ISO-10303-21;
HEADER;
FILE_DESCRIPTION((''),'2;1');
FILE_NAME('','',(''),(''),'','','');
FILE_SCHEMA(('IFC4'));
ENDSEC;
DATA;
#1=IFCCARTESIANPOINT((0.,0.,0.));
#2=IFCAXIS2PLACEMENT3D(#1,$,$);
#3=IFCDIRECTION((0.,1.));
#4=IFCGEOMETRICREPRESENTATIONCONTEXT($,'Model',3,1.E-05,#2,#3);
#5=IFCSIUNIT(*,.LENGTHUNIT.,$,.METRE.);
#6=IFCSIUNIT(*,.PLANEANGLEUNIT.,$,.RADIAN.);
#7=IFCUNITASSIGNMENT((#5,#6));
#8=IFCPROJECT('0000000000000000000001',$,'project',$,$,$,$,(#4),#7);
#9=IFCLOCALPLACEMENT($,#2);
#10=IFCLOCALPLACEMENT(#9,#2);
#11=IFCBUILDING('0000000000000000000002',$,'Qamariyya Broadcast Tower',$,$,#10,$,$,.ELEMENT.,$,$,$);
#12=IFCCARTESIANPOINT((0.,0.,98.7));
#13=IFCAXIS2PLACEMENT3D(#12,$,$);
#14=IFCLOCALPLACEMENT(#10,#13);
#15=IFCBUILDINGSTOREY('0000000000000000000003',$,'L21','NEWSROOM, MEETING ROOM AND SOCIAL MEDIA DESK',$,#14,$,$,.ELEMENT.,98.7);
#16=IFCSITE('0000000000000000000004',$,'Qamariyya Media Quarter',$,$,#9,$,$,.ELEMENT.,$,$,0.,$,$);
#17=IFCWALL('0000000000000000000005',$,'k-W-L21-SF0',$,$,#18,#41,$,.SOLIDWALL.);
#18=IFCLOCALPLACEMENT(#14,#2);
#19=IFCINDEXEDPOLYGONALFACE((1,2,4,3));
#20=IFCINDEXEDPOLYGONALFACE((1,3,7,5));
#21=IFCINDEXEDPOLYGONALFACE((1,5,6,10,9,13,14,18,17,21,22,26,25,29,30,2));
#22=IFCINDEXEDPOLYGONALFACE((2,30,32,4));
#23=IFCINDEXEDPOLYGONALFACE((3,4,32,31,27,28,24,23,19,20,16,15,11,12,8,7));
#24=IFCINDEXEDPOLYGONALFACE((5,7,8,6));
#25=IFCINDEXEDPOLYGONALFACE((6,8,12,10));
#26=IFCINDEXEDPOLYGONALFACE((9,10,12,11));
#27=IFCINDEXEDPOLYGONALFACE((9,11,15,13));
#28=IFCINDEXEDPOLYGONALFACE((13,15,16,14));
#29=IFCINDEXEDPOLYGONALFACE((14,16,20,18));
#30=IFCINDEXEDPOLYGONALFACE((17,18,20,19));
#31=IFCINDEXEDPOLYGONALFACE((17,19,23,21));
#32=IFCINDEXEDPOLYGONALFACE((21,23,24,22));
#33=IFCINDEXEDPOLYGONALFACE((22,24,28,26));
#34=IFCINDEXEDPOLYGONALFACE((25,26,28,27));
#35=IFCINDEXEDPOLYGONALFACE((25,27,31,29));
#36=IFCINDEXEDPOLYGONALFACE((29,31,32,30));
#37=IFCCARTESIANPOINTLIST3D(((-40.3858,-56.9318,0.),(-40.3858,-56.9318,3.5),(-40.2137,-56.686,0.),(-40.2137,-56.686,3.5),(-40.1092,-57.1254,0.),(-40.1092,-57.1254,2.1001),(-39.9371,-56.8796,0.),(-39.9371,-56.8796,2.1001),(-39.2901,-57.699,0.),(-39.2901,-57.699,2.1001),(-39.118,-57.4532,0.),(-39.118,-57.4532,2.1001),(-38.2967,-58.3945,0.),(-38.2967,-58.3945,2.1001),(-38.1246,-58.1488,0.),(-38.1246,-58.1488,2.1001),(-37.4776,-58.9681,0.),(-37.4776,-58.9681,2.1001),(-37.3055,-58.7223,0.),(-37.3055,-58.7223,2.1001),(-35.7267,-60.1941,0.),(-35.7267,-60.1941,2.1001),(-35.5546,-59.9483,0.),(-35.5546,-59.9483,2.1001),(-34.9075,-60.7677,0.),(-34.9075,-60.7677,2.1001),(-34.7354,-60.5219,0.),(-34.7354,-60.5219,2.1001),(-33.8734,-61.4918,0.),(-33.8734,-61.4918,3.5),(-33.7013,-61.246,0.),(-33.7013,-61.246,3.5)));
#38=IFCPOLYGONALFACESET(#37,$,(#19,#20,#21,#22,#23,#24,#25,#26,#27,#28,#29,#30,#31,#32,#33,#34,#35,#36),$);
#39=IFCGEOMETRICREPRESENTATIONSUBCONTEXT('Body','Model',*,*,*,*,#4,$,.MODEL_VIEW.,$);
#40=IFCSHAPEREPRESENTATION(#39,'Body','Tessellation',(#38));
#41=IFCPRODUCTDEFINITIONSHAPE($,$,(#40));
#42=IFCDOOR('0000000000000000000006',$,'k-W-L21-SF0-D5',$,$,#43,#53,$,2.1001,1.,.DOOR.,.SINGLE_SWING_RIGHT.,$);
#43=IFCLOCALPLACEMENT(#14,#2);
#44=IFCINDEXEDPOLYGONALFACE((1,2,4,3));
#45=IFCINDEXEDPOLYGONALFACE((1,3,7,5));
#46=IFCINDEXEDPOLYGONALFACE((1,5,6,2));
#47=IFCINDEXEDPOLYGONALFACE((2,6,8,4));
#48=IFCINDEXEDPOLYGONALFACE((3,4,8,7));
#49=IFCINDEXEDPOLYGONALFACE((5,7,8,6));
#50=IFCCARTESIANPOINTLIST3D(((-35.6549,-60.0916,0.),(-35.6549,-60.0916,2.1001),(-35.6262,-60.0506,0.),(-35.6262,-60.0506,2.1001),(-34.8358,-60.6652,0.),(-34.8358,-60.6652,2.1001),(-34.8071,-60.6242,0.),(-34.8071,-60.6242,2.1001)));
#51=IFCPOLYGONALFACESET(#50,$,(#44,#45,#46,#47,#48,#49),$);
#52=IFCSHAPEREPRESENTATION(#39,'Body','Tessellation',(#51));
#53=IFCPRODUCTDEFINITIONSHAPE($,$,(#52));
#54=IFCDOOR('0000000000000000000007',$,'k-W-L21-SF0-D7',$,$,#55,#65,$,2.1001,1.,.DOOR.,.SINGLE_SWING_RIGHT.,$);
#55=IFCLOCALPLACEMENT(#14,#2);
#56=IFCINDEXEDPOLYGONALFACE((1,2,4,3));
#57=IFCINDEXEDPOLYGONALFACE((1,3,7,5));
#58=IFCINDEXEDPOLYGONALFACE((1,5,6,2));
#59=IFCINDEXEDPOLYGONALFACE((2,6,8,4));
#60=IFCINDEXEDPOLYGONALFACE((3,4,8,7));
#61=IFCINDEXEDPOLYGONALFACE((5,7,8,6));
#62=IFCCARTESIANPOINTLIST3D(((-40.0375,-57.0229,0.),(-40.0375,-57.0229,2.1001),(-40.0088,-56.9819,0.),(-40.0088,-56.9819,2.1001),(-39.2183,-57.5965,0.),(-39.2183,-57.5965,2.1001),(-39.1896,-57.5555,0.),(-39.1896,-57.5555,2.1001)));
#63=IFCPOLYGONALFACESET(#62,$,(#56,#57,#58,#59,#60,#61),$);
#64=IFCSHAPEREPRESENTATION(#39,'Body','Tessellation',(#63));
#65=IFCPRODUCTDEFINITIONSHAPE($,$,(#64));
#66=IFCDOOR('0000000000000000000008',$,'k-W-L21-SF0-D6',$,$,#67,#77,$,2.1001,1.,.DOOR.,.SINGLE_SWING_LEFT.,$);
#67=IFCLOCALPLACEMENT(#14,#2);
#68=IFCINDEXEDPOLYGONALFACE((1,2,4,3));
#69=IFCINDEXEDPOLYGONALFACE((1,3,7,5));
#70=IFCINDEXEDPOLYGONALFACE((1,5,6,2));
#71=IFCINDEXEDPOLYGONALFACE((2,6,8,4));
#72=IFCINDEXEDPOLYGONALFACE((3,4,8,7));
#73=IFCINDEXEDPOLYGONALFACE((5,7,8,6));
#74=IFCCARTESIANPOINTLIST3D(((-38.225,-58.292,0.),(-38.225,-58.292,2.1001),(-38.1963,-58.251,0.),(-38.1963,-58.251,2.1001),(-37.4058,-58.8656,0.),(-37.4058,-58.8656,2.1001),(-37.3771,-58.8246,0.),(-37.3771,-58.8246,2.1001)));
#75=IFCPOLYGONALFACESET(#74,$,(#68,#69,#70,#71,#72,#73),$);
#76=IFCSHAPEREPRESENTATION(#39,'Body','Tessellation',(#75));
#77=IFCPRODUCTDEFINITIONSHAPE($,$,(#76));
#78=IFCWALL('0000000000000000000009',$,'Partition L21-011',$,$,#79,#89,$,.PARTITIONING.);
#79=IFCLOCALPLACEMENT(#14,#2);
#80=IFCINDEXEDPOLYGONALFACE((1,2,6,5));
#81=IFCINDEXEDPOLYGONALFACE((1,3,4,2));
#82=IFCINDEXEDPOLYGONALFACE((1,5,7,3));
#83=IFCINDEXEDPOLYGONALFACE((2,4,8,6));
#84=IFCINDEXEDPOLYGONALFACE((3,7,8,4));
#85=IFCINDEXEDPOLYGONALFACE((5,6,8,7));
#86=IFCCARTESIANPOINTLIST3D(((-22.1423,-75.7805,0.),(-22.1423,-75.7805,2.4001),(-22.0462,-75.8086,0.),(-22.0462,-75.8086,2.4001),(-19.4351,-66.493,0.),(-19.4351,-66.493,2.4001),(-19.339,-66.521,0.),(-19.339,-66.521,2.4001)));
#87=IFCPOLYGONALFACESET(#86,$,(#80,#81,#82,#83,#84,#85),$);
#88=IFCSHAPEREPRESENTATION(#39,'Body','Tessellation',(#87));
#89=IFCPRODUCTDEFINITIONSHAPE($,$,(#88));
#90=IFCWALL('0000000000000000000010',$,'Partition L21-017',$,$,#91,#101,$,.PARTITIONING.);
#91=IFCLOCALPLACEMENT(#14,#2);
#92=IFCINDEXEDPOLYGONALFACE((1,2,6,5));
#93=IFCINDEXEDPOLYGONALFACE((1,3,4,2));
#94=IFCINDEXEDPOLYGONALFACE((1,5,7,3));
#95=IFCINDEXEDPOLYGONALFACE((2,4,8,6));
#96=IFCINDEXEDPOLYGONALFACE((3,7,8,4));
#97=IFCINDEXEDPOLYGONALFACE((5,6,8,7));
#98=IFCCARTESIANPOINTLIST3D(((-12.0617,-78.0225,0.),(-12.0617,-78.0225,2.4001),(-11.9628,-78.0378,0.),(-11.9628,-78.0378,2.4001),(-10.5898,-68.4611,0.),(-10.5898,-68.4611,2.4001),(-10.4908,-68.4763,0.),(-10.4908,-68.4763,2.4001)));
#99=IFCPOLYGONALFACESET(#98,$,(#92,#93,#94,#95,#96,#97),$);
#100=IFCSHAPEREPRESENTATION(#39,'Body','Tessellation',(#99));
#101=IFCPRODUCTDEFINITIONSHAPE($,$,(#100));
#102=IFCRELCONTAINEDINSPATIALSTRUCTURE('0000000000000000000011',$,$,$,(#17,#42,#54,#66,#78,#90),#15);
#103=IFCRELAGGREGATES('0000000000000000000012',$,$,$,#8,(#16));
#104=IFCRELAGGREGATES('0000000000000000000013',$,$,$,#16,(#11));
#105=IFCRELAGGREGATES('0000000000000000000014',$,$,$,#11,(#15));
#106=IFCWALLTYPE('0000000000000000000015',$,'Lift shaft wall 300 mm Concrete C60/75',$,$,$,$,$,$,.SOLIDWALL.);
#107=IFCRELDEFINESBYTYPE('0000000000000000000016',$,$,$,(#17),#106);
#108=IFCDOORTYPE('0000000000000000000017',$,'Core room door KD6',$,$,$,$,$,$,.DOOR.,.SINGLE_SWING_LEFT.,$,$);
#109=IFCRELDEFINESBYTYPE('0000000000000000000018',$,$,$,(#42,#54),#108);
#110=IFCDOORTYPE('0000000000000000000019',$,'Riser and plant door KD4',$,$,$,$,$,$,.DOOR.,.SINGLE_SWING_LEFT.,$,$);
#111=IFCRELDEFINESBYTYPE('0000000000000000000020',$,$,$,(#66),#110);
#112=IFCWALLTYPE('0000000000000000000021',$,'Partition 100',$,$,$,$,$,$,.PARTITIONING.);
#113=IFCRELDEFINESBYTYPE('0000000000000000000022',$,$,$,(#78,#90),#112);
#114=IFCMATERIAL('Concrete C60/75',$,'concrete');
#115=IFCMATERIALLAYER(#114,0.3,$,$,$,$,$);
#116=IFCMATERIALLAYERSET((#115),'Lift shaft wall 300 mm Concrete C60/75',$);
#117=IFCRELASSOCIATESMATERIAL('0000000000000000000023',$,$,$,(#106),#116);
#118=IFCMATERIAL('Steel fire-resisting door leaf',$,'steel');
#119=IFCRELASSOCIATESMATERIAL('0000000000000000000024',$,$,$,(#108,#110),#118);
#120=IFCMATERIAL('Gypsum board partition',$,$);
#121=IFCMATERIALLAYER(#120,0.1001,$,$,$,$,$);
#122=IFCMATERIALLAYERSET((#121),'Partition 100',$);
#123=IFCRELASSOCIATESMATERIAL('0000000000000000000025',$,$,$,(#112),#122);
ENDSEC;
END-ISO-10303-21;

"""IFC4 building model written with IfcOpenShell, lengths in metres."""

from ifc_helpers import new_model, si_unit, direction, frame, frame_2d, origin, place, context, subcontext, project, spatial, rectangle, extrude, material, layer, layer_set, type_object, element, fill, save


model = new_model("IFC4")

# Units and contexts
model_context = context("Model", 3, precision=1e-05, world=origin(), true_north=direction((0.0, 1.0)))
body_context = subcontext(model_context, "Body", "Model", "MODEL_VIEW")
ifc_project = project(units=[si_unit("LENGTHUNIT", "METRE"), si_unit("PLANEANGLEUNIT", "RADIAN")], contexts=[model_context])

# Site, building, storey
site_placement = place(None, origin())
site = spatial("IfcSite", under=ifc_project, at=site_placement, Name="Qamariyya Media Quarter", CompositionType="ELEMENT", RefElevation=0.0)
building_placement = place(site_placement, origin())
building = spatial("IfcBuilding", under=site, at=building_placement, Name="Qamariyya Broadcast Tower", CompositionType="ELEMENT")
storey_placement = place(building_placement, frame((0.0, 0.0, 98.7)))
storey = spatial("IfcBuildingStorey", under=building, at=storey_placement, Name="L21", Description="NEWSROOM, MEETING ROOM AND SOCIAL MEDIA DESK", CompositionType="ELEMENT", Elevation=98.7)

# Shared definitions
ifc_material_1 = material(Name="Gypsum board partition")

# Shared definitions
ifc_material_2 = material(Name="Concrete C60/75", Category="concrete")
ifc_layer_1 = layer(ifc_material_2, 0.3)
ifc_layer_set_1 = layer_set([ifc_layer_1], Name="Lift shaft wall 300 mm Concrete C60/75")
wall_type_1 = type_object("IfcWallType", Name="Lift shaft wall 300 mm Concrete C60/75", PredefinedType="SOLIDWALL", material=ifc_layer_set_1)
ifc_material_3 = material(Name="Steel fire-resisting door leaf", Category="steel")

# Wall, openings, doors
wall_1_placement = place(storey_placement, frame((-33.7874, -61.3689, 0.0), z_axis=(0.0, 0.0, 1.0), x_axis=(-0.819153, 0.573576, 0.0)))
wall_1 = element("IfcWall", 1, at=wall_1_placement, inside=storey, type_object=wall_type_1, Name="k-W-L21-SF0", PredefinedType="SOLIDWALL", context=body_context, shape_type="SweptSolid", body=[
    extrude(rectangle(XDim=7.9502, YDim=0.3, at=frame_2d((3.9751, 0.0))), origin(), (0.0, 0.0, 1.0), 3.5),
])
opening_1_placement = place(wall_1_placement, frame((1.2625, 0.0, 0.0)))
opening_1 = element("IfcOpeningElement", 2, at=opening_1_placement, cuts=wall_1, PredefinedType="OPENING", context=body_context, shape_type="SweptSolid", body=[
    extrude(rectangle(XDim=1.0, YDim=2.1001, at=frame_2d((0.5, 1.05))), frame((0.0, 0.1599, 0.0), z_axis=(0.0, -1.0, 0.0), x_axis=(1.0, 0.0, 0.0)), (0.0, 0.0, 1.0), 0.3201),
])
opening_2_placement = place(wall_1_placement, frame((4.3999, 0.0, 0.0)))
opening_2 = element("IfcOpeningElement", 3, at=opening_2_placement, cuts=wall_1, PredefinedType="OPENING", context=body_context, shape_type="SweptSolid", body=[
    extrude(rectangle(XDim=1.0, YDim=2.1001, at=frame_2d((0.5, 1.05))), frame((0.0, 0.1599, 0.0), z_axis=(0.0, -1.0, 0.0), x_axis=(1.0, 0.0, 0.0)), (0.0, 0.0, 1.0), 0.3201),
])
opening_3_placement = place(wall_1_placement, frame((6.6125, 0.0, 0.0)))
opening_3 = element("IfcOpeningElement", 4, at=opening_3_placement, cuts=wall_1, PredefinedType="OPENING", context=body_context, shape_type="SweptSolid", body=[
    extrude(rectangle(XDim=1.0, YDim=2.1001, at=frame_2d((0.5, 1.05))), frame((0.0, 0.1599, 0.0), z_axis=(0.0, -1.0, 0.0), x_axis=(1.0, 0.0, 0.0)), (0.0, 0.0, 1.0), 0.3201),
])
door_type_1 = type_object("IfcDoorType", Name="Core room door KD6", OperationType="SINGLE_SWING_LEFT", PredefinedType="DOOR", material=ifc_material_3)
door_1_placement = place(opening_1_placement, origin())
door_1 = element("IfcDoor", 5, at=door_1_placement, inside=storey, type_object=door_type_1, Name="k-W-L21-SF0-D5", OperationType="SINGLE_SWING_RIGHT", OverallHeight=2.1001, OverallWidth=1.0, PredefinedType="DOOR", context=body_context, shape_type="SweptSolid", body=[
    extrude(rectangle(XDim=1.0, YDim=2.1001, at=frame_2d((0.5, 1.05))), frame((0.0, 0.0249, 0.0), z_axis=(0.0, -1.0, 0.0), x_axis=(1.0, 0.0, 0.0)), (0.0, 0.0, 1.0), 0.05),
])
fill(opening_1, door_1)
door_2_placement = place(opening_3_placement, origin())
door_2 = element("IfcDoor", 6, at=door_2_placement, inside=storey, type_object=door_type_1, Name="k-W-L21-SF0-D7", OperationType="SINGLE_SWING_RIGHT", OverallHeight=2.1001, OverallWidth=1.0, PredefinedType="DOOR", context=body_context, shape_type="SweptSolid", body=[
    extrude(rectangle(XDim=1.0, YDim=2.1001, at=frame_2d((0.5, 1.05))), frame((0.0, 0.0249, 0.0), z_axis=(0.0, -1.0, 0.0), x_axis=(1.0, 0.0, 0.0)), (0.0, 0.0, 1.0), 0.05),
])
fill(opening_3, door_2)
door_type_2 = type_object("IfcDoorType", Name="Riser and plant door KD4", OperationType="SINGLE_SWING_LEFT", PredefinedType="DOOR", material=ifc_material_3)
door_3_placement = place(opening_2_placement, origin())
door_3 = element("IfcDoor", 7, at=door_3_placement, inside=storey, type_object=door_type_2, Name="k-W-L21-SF0-D6", OperationType="SINGLE_SWING_LEFT", OverallHeight=2.1001, OverallWidth=1.0, PredefinedType="DOOR", context=body_context, shape_type="SweptSolid", body=[
    extrude(rectangle(XDim=1.0, YDim=2.1001, at=frame_2d((0.5, 1.05))), frame((0.0, 0.0249, 0.0), z_axis=(0.0, -1.0, 0.0), x_axis=(1.0, 0.0, 0.0)), (0.0, 0.0, 1.0), 0.05),
])
fill(opening_2, door_3)

# Walls
ifc_layer_2 = layer(ifc_material_1, 0.1001)
ifc_layer_set_2 = layer_set([ifc_layer_2], Name="Partition 100")
wall_type_2 = type_object("IfcWallType", Name="Partition 100", PredefinedType="PARTITIONING", material=ifc_layer_set_2)
for number, where, z_axis, x_axis, name in (
    (8, (-22.0942, -75.7944, 0.0), (0.0, 0.0, 1.0), (0.279847, 0.960045, 0.0), "Partition L21-011"),
    (9, (-12.0122, -78.03, 0.0), (0.0, 0.0, 1.0), (0.15215, 0.988357, 0.0), "Partition L21-017"),
):
    element("IfcWall", number, at=place(storey_placement, frame(where, z_axis=z_axis, x_axis=x_axis)), inside=storey, type_object=wall_type_2, Name=name, PredefinedType="PARTITIONING", context=body_context, shape_type="SweptSolid", body=[
        extrude(rectangle(XDim=9.6741, YDim=0.1001, at=frame_2d((4.8369, 0.0))), origin(), (0.0, 0.0, 1.0), 2.4001),
    ])

save(model, "model.ifc")
